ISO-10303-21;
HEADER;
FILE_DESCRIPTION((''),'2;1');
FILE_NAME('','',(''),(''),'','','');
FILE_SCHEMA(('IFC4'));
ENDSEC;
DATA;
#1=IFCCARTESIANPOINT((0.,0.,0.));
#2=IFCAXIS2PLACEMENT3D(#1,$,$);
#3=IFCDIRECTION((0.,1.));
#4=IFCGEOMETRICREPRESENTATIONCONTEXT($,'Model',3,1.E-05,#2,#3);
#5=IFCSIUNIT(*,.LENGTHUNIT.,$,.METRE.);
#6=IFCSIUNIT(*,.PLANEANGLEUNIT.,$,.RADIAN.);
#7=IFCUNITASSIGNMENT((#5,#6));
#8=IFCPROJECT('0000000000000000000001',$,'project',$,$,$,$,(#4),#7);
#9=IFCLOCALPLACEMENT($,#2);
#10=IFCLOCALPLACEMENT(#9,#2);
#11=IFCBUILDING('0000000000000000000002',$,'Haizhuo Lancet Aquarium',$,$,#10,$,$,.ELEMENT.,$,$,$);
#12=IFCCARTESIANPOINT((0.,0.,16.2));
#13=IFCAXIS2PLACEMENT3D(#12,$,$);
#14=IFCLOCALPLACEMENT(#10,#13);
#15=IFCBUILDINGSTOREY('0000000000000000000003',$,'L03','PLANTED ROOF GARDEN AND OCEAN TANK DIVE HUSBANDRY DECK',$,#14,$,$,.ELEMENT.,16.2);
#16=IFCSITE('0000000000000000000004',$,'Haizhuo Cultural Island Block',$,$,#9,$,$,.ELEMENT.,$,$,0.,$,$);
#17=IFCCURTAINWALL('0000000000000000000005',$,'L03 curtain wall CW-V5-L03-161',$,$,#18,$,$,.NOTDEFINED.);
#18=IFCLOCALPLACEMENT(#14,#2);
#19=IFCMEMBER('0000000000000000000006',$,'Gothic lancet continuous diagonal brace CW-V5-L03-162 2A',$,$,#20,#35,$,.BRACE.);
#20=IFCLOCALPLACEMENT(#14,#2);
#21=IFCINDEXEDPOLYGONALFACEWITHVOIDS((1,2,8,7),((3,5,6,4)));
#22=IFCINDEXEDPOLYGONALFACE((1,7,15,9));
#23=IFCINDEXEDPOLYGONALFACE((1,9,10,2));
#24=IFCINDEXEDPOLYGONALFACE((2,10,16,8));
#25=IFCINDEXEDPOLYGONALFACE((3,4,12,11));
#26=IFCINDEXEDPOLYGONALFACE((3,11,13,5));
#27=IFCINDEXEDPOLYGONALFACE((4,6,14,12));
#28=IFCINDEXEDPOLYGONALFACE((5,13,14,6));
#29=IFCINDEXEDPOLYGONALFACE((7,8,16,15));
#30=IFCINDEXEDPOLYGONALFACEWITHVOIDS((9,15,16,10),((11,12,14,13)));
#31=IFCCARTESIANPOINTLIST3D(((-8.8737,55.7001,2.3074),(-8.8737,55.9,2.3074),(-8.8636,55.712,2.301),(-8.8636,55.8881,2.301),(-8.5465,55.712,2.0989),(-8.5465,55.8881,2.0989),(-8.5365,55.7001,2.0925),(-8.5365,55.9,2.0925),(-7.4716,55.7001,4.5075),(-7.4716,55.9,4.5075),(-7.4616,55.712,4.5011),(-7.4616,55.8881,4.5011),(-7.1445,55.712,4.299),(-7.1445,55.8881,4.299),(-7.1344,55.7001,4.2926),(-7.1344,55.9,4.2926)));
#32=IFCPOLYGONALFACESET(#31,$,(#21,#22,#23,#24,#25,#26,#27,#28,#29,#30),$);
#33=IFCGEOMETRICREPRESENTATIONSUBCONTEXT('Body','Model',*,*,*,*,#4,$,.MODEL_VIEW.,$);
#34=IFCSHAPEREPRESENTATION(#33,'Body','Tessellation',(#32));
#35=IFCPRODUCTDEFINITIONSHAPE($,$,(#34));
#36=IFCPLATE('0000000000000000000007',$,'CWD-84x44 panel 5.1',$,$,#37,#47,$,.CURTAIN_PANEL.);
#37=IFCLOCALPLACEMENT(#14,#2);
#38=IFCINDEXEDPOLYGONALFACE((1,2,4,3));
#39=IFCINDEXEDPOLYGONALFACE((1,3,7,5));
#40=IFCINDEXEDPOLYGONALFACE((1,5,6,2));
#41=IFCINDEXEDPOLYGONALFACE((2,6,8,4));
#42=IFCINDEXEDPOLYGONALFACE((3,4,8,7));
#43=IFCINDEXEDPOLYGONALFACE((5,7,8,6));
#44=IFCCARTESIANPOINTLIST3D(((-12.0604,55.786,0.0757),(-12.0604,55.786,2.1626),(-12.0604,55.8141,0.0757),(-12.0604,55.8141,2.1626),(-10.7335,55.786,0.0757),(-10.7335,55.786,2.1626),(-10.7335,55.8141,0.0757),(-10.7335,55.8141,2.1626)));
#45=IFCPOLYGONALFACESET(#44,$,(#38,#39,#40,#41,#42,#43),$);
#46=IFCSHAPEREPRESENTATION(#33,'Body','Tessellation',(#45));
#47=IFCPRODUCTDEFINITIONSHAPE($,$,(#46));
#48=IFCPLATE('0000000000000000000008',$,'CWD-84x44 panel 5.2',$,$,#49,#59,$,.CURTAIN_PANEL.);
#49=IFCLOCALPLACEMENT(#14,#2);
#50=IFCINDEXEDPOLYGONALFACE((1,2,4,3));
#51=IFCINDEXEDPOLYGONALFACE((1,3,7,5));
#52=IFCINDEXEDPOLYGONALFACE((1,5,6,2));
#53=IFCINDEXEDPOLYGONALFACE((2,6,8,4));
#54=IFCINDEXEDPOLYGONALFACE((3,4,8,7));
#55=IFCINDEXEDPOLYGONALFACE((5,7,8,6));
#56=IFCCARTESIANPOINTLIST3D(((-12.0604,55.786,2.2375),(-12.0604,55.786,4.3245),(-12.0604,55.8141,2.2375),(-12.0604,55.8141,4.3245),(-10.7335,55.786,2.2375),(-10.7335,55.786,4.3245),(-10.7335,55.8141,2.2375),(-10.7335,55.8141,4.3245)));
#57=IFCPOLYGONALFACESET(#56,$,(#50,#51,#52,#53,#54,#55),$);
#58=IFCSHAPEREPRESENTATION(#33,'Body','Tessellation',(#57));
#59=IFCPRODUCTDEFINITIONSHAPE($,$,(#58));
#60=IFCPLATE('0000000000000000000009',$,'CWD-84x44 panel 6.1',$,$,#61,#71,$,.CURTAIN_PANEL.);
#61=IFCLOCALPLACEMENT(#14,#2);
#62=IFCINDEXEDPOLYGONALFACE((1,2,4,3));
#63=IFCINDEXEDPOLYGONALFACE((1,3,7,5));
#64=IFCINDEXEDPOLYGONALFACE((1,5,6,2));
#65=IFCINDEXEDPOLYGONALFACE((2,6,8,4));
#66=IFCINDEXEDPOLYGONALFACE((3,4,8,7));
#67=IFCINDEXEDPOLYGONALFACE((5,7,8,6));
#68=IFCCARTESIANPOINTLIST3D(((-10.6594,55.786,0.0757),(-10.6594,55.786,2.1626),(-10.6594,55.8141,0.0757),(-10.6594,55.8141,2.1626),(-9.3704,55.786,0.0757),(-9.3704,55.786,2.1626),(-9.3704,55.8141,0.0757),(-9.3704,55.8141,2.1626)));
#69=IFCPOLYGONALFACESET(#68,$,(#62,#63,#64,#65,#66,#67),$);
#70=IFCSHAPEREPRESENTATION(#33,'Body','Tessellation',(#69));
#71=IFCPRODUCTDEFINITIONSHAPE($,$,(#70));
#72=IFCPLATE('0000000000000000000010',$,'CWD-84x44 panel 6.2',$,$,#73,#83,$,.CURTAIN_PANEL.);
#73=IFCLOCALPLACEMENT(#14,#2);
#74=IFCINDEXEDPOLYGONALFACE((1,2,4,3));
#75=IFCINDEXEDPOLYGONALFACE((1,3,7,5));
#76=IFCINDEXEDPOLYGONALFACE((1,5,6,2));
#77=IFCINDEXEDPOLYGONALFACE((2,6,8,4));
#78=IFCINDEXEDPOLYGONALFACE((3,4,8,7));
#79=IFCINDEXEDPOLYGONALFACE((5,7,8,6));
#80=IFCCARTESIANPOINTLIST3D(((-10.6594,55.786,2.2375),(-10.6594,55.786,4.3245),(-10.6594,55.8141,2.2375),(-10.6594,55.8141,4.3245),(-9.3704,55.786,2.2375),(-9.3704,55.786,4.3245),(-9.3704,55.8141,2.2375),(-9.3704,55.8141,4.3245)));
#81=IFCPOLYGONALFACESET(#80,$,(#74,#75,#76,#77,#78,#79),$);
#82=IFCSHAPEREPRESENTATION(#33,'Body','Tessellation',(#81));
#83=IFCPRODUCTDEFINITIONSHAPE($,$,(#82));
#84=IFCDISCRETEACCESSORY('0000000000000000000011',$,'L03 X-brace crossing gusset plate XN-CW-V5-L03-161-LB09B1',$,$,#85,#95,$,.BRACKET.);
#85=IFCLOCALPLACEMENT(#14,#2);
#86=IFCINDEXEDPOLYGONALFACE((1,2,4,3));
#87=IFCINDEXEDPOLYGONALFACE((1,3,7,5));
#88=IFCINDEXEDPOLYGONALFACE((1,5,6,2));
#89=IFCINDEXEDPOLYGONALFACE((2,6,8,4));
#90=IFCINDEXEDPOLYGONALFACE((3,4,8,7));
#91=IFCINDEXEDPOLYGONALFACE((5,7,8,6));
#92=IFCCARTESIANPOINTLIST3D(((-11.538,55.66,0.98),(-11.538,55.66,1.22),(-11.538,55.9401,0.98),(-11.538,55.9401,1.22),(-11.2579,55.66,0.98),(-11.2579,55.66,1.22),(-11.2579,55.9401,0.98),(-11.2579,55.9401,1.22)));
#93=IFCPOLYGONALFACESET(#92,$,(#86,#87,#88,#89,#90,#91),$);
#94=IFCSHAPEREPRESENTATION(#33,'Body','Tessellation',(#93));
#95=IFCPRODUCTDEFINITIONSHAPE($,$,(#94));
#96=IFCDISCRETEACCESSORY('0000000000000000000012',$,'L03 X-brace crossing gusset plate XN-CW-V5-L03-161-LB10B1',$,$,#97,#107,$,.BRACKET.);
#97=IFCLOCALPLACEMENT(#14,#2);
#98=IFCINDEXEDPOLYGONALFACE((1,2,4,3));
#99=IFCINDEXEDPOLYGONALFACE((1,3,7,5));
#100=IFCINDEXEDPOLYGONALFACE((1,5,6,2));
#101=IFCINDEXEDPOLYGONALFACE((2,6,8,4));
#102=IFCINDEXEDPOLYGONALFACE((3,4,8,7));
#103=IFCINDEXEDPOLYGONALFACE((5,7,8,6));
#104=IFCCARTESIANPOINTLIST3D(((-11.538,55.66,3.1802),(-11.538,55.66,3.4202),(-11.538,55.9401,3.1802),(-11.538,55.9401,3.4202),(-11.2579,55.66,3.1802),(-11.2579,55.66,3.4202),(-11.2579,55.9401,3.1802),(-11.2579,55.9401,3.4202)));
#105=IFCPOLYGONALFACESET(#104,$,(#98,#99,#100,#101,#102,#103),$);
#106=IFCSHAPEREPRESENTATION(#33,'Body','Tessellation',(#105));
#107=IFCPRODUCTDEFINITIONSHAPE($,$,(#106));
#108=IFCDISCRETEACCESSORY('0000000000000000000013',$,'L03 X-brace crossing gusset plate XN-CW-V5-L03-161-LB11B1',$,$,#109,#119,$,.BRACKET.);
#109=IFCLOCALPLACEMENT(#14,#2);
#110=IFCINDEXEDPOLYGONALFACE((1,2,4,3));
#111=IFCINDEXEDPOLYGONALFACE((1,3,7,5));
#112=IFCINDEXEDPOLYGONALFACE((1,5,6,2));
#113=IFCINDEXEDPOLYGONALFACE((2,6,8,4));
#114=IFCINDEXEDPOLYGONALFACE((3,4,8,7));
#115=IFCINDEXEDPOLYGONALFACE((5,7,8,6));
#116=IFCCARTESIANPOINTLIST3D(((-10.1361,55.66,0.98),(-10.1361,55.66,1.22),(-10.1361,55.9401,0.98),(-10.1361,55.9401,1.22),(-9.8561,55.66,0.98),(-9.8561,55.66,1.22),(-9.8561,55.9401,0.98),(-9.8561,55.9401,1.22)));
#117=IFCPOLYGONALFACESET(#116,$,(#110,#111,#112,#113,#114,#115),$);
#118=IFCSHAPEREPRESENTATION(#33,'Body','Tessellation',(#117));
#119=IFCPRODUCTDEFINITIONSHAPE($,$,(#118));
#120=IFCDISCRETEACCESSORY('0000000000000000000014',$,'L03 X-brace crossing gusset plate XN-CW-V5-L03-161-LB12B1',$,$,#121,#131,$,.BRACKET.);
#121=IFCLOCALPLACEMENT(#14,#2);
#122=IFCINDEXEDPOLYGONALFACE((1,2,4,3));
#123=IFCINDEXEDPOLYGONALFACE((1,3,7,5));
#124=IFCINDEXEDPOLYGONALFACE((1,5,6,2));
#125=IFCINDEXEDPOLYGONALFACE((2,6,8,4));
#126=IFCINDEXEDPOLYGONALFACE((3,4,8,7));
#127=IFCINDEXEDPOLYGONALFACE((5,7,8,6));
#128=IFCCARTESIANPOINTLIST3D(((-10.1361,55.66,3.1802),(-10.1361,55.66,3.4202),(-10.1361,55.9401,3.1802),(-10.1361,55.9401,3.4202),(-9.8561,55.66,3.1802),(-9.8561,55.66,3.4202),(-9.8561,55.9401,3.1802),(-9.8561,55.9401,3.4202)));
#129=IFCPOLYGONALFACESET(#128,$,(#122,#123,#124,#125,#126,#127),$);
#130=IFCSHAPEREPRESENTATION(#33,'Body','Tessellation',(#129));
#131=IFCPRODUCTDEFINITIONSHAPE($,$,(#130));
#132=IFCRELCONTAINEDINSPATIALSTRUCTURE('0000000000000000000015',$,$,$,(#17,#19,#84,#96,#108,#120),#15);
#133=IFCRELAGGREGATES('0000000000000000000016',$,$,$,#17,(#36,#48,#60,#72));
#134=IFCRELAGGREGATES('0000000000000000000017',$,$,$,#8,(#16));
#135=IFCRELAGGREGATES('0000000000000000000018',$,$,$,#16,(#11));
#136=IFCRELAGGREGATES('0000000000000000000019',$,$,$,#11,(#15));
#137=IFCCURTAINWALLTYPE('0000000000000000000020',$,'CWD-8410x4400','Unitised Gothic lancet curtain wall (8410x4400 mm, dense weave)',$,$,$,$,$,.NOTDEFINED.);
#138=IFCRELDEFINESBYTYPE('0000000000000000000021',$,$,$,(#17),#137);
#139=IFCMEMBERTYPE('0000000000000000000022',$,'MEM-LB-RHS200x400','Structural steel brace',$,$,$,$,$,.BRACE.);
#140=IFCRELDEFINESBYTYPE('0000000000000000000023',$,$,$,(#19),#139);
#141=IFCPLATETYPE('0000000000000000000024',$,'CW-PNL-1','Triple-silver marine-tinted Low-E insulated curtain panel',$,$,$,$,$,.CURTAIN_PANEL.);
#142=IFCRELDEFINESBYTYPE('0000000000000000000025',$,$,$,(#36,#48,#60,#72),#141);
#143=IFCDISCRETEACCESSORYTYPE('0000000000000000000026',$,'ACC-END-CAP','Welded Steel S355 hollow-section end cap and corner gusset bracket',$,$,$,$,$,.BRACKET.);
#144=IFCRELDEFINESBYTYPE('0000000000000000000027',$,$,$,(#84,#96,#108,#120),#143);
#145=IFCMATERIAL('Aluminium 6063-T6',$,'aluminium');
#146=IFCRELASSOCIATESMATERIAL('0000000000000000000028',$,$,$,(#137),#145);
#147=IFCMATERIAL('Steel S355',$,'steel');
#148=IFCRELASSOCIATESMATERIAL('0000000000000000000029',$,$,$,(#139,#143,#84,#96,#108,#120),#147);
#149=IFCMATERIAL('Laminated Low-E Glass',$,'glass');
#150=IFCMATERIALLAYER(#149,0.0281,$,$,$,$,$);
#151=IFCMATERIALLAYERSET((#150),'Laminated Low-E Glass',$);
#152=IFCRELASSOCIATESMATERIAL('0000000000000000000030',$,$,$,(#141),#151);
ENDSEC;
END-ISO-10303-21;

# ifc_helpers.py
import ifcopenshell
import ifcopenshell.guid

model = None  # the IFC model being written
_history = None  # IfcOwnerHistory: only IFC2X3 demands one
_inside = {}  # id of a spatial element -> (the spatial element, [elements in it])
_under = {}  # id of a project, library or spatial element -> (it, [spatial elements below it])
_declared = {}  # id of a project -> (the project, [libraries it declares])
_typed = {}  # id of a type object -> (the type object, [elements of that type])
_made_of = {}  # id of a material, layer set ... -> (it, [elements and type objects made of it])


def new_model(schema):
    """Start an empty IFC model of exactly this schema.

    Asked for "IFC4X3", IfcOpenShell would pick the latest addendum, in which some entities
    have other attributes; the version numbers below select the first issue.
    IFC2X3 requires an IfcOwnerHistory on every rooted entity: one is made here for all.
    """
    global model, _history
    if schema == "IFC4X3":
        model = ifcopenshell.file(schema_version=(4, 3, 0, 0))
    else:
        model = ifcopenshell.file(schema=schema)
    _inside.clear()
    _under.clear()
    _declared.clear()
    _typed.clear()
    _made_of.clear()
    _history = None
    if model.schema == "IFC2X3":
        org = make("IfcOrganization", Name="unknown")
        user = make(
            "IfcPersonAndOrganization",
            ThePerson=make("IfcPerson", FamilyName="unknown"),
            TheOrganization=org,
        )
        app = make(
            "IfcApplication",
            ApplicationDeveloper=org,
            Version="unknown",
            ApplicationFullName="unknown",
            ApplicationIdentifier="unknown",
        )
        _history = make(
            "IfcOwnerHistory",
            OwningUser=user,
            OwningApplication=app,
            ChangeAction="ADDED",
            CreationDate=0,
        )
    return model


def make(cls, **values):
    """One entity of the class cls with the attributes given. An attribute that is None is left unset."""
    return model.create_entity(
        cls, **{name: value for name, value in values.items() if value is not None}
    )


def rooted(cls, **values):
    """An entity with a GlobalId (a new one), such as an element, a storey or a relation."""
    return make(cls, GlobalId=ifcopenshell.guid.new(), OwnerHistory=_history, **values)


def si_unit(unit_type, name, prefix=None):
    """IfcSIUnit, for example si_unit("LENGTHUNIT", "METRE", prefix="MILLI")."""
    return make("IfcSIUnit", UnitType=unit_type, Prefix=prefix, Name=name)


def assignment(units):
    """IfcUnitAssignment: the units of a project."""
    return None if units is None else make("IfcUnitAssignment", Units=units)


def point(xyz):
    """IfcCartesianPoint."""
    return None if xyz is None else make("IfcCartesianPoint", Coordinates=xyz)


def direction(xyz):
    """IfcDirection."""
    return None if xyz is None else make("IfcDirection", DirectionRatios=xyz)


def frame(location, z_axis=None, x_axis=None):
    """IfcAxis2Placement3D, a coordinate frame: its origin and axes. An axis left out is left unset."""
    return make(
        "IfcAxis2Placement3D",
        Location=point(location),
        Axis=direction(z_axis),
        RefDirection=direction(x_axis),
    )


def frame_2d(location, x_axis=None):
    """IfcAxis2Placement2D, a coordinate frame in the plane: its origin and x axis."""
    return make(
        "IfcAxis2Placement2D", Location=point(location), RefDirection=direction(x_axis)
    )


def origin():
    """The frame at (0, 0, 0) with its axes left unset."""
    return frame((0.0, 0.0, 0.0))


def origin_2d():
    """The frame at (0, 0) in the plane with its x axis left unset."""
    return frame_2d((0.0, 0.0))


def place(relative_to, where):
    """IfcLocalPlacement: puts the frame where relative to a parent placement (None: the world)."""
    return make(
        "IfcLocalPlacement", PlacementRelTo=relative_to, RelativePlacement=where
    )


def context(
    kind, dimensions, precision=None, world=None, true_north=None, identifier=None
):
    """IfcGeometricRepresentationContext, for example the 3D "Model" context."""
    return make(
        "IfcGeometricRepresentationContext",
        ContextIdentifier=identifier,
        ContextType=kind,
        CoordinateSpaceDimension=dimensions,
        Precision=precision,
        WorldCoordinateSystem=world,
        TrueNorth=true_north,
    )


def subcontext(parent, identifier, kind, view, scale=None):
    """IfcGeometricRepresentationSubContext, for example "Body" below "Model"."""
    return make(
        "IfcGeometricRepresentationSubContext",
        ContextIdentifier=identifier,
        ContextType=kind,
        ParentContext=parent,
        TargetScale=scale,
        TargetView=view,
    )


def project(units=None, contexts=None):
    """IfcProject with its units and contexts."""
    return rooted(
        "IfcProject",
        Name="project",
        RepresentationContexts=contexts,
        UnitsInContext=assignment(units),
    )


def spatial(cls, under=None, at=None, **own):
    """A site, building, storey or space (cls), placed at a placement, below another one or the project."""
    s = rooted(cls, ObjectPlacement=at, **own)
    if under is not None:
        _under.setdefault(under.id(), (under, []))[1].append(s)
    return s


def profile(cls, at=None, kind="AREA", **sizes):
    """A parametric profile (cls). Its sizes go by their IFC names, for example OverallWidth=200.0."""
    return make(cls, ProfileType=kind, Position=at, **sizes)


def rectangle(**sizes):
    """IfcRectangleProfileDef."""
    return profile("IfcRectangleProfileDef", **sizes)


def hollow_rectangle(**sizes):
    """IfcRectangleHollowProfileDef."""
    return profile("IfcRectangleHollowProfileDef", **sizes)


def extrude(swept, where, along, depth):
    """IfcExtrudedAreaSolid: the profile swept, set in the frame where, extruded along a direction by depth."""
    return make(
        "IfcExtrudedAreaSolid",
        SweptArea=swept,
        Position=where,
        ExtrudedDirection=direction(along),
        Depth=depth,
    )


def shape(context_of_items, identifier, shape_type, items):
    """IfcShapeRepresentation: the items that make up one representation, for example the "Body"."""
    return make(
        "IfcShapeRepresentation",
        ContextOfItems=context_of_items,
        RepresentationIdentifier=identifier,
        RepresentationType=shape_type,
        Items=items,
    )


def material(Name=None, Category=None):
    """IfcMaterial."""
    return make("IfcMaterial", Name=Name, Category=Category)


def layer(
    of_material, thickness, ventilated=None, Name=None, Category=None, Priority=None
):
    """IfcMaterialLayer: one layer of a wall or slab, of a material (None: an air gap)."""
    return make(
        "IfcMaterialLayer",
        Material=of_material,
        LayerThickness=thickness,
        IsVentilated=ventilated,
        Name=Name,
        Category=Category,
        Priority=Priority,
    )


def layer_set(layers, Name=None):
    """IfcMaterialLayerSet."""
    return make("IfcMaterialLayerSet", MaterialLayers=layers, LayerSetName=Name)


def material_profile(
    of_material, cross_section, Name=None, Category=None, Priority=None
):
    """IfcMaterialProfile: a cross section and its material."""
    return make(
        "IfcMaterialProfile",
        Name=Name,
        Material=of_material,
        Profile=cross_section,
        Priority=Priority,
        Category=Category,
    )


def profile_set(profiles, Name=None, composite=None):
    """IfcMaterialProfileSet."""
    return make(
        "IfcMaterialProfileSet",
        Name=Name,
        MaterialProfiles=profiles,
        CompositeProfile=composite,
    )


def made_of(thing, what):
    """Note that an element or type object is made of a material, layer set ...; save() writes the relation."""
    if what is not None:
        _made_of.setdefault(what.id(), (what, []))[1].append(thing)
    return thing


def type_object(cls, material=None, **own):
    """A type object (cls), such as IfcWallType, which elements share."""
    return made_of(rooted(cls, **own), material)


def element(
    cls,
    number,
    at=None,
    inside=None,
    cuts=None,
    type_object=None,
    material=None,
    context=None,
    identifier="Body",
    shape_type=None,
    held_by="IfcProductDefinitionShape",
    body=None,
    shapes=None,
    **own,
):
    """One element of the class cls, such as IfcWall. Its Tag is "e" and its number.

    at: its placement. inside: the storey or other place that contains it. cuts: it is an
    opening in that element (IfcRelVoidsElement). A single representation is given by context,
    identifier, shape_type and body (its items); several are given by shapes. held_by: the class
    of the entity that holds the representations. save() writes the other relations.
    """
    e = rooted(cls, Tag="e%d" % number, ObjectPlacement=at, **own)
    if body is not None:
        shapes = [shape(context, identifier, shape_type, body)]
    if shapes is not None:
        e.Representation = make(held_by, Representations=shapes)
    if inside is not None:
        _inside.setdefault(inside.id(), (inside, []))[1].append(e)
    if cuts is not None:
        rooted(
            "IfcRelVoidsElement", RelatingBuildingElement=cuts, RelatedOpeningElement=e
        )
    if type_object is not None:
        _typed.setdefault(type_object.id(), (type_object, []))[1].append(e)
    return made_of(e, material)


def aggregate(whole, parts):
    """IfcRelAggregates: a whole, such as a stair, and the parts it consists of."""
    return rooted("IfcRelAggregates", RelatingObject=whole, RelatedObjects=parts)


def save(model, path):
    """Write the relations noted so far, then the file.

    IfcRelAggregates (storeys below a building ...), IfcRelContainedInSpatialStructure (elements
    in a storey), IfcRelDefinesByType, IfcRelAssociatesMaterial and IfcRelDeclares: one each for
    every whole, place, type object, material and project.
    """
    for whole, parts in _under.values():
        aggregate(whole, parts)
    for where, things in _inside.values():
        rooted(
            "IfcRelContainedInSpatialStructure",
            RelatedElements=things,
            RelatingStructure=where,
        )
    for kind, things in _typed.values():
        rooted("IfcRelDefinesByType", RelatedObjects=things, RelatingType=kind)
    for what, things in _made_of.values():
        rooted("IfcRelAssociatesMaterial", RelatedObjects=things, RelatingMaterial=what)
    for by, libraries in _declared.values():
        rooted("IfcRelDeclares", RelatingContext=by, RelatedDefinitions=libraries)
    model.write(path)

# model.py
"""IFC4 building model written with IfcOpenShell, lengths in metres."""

from ifc_helpers import new_model, si_unit, direction, frame, origin, origin_2d, place, context, subcontext, project, spatial, rectangle, hollow_rectangle, extrude, material, layer, layer_set, material_profile, profile_set, type_object, element, aggregate, save


model = new_model("IFC4")

# Units and contexts
model_context = context("Model", 3, precision=1e-05, world=origin(), true_north=direction((0.0, 1.0)))
body_context = subcontext(model_context, "Body", "Model", "MODEL_VIEW")
ifc_project = project(units=[si_unit("LENGTHUNIT", "METRE"), si_unit("PLANEANGLEUNIT", "RADIAN")], contexts=[model_context])

# Site, building, storey
site_placement = place(None, origin())
site = spatial("IfcSite", under=ifc_project, at=site_placement, Name="Haizhuo Cultural Island Block", CompositionType="ELEMENT", RefElevation=0.0)
building_placement = place(site_placement, origin())
building = spatial("IfcBuilding", under=site, at=building_placement, Name="Haizhuo Lancet Aquarium", CompositionType="ELEMENT")
storey_placement = place(building_placement, frame((0.0, 0.0, 16.2)))
storey = spatial("IfcBuildingStorey", under=building, at=storey_placement, Name="L03", Description="PLANTED ROOF GARDEN AND OCEAN TANK DIVE HUSBANDRY DECK", CompositionType="ELEMENT", Elevation=16.2)

# Curtain wall
ifc_material_1 = material(Name="Aluminium 6063-T6", Category="aluminium")
curtain_wall_type = type_object("IfcCurtainWallType", Name="CWD-8410x4400", Description="Unitised Gothic lancet curtain wall (8410x4400 mm, dense weave)", PredefinedType="NOTDEFINED", material=ifc_material_1)
curtain_wall_1_placement = place(storey_placement, origin())
curtain_wall_1 = element("IfcCurtainWall", 1, at=curtain_wall_1_placement, inside=storey, type_object=curtain_wall_type, Name="L03 curtain wall CW-V5-L03-161", PredefinedType="NOTDEFINED")

# Member
ifc_material_2 = material(Name="Steel S355", Category="steel")
ifc_material_profile_1 = material_profile(ifc_material_2, hollow_rectangle(XDim=0.2, YDim=0.3999, WallThickness=0.012, at=origin_2d()), Name="RHS 200x400x12")
ifc_profile_set_1 = profile_set([ifc_material_profile_1], Name="Steel S355")
member_type_1 = type_object("IfcMemberType", Name="MEM-LB-RHS200x400", Description="Structural steel brace", PredefinedType="BRACE", material=ifc_profile_set_1)
for number, where, z_axis, x_axis, name in (
    (2, (-8.7051, 55.8, 2.2), (0.537414, 0.0, 0.843318), (0.0, 1.0, 0.0), "Gothic lancet continuous diagonal brace CW-V5-L03-162 2A"),
):
    element("IfcMember", number, at=place(storey_placement, frame(where, z_axis=z_axis, x_axis=x_axis)), inside=storey, type_object=member_type_1, Name=name, PredefinedType="BRACE", context=body_context, shape_type="SweptSolid", body=[
        extrude(hollow_rectangle(XDim=0.2, YDim=0.3999, WallThickness=0.012, at=origin_2d()), origin(), (0.0, 0.0, 1.0), 2.6089),
    ])

# Plates
ifc_material_3 = material(Name="Laminated Low-E Glass", Category="glass")
ifc_layer = layer(ifc_material_3, 0.0281)
ifc_layer_set = layer_set([ifc_layer], Name="Laminated Low-E Glass")
plate_type = type_object("IfcPlateType", Name="CW-PNL-1", Description="Triple-silver marine-tinted Low-E insulated curtain panel", PredefinedType="CURTAIN_PANEL", material=ifc_layer_set)
plate_1_placement = place(storey_placement, frame((-11.397, 55.8, 0.0757), z_axis=(0.0, 0.0, 1.0), x_axis=(1.0, 0.0, 0.0)))
plate_1 = element("IfcPlate", 3, at=plate_1_placement, type_object=plate_type, Name="CWD-84x44 panel 5.1", PredefinedType="CURTAIN_PANEL", context=body_context, shape_type="SweptSolid", body=[
    extrude(rectangle(XDim=1.3269, YDim=0.0281, at=origin_2d()), origin(), (0.0, 0.0, 1.0), 2.0869),
])
plate_2_placement = place(storey_placement, frame((-11.397, 55.8, 2.2375), z_axis=(0.0, 0.0, 1.0), x_axis=(1.0, 0.0, 0.0)))
plate_2 = element("IfcPlate", 4, at=plate_2_placement, type_object=plate_type, Name="CWD-84x44 panel 5.2", PredefinedType="CURTAIN_PANEL", context=body_context, shape_type="SweptSolid", body=[
    extrude(rectangle(XDim=1.3269, YDim=0.0281, at=origin_2d()), origin(), (0.0, 0.0, 1.0), 2.0869),
])
plate_3_placement = place(storey_placement, frame((-10.0149, 55.8, 0.0757), z_axis=(0.0, 0.0, 1.0), x_axis=(1.0, 0.0, 0.0)))
plate_3 = element("IfcPlate", 5, at=plate_3_placement, type_object=plate_type, Name="CWD-84x44 panel 6.1", PredefinedType="CURTAIN_PANEL", context=body_context, shape_type="SweptSolid", body=[
    extrude(rectangle(XDim=1.2891, YDim=0.0281, at=origin_2d()), origin(), (0.0, 0.0, 1.0), 2.0869),
])
plate_4_placement = place(storey_placement, frame((-10.0149, 55.8, 2.2375), z_axis=(0.0, 0.0, 1.0), x_axis=(1.0, 0.0, 0.0)))
plate_4 = element("IfcPlate", 6, at=plate_4_placement, type_object=plate_type, Name="CWD-84x44 panel 6.2", PredefinedType="CURTAIN_PANEL", context=body_context, shape_type="SweptSolid", body=[
    extrude(rectangle(XDim=1.2891, YDim=0.0281, at=origin_2d()), origin(), (0.0, 0.0, 1.0), 2.0869),
])
aggregate(curtain_wall_1, [plate_1, plate_2, plate_3, plate_4])

# Discrete accessories
discrete_accessory_type = type_object("IfcDiscreteAccessoryType", Name="ACC-END-CAP", Description="Welded Steel S355 hollow-section end cap and corner gusset bracket", PredefinedType="BRACKET", material=ifc_material_2)
for number, where, z_axis, x_axis, name in (
    (7, (-11.3979, 55.8, 0.98), (0.0, 0.0, 1.0), (1.0, 0.0, 0.0), "L03 X-brace crossing gusset plate XN-CW-V5-L03-161-LB09B1"),
    (8, (-11.3979, 55.8, 3.1802), (0.0, 0.0, 1.0), (1.0, 0.0, 0.0), "L03 X-brace crossing gusset plate XN-CW-V5-L03-161-LB10B1"),
    (9, (-9.9961, 55.8, 0.98), (0.0, 0.0, 1.0), (1.0, 0.0, 0.0), "L03 X-brace crossing gusset plate XN-CW-V5-L03-161-LB11B1"),
    (10, (-9.9961, 55.8, 3.1802), (0.0, 0.0, 1.0), (1.0, 0.0, 0.0), "L03 X-brace crossing gusset plate XN-CW-V5-L03-161-LB12B1"),
):
    element("IfcDiscreteAccessory", number, at=place(storey_placement, frame(where, z_axis=z_axis, x_axis=x_axis)), inside=storey, type_object=discrete_accessory_type, material=ifc_material_2, Name=name, PredefinedType="BRACKET", context=body_context, shape_type="SweptSolid", body=[
        extrude(rectangle(XDim=0.28, YDim=0.28, at=origin_2d()), origin(), (0.0, 0.0, 1.0), 0.24),
    ])

save(model, "model.ifc")
